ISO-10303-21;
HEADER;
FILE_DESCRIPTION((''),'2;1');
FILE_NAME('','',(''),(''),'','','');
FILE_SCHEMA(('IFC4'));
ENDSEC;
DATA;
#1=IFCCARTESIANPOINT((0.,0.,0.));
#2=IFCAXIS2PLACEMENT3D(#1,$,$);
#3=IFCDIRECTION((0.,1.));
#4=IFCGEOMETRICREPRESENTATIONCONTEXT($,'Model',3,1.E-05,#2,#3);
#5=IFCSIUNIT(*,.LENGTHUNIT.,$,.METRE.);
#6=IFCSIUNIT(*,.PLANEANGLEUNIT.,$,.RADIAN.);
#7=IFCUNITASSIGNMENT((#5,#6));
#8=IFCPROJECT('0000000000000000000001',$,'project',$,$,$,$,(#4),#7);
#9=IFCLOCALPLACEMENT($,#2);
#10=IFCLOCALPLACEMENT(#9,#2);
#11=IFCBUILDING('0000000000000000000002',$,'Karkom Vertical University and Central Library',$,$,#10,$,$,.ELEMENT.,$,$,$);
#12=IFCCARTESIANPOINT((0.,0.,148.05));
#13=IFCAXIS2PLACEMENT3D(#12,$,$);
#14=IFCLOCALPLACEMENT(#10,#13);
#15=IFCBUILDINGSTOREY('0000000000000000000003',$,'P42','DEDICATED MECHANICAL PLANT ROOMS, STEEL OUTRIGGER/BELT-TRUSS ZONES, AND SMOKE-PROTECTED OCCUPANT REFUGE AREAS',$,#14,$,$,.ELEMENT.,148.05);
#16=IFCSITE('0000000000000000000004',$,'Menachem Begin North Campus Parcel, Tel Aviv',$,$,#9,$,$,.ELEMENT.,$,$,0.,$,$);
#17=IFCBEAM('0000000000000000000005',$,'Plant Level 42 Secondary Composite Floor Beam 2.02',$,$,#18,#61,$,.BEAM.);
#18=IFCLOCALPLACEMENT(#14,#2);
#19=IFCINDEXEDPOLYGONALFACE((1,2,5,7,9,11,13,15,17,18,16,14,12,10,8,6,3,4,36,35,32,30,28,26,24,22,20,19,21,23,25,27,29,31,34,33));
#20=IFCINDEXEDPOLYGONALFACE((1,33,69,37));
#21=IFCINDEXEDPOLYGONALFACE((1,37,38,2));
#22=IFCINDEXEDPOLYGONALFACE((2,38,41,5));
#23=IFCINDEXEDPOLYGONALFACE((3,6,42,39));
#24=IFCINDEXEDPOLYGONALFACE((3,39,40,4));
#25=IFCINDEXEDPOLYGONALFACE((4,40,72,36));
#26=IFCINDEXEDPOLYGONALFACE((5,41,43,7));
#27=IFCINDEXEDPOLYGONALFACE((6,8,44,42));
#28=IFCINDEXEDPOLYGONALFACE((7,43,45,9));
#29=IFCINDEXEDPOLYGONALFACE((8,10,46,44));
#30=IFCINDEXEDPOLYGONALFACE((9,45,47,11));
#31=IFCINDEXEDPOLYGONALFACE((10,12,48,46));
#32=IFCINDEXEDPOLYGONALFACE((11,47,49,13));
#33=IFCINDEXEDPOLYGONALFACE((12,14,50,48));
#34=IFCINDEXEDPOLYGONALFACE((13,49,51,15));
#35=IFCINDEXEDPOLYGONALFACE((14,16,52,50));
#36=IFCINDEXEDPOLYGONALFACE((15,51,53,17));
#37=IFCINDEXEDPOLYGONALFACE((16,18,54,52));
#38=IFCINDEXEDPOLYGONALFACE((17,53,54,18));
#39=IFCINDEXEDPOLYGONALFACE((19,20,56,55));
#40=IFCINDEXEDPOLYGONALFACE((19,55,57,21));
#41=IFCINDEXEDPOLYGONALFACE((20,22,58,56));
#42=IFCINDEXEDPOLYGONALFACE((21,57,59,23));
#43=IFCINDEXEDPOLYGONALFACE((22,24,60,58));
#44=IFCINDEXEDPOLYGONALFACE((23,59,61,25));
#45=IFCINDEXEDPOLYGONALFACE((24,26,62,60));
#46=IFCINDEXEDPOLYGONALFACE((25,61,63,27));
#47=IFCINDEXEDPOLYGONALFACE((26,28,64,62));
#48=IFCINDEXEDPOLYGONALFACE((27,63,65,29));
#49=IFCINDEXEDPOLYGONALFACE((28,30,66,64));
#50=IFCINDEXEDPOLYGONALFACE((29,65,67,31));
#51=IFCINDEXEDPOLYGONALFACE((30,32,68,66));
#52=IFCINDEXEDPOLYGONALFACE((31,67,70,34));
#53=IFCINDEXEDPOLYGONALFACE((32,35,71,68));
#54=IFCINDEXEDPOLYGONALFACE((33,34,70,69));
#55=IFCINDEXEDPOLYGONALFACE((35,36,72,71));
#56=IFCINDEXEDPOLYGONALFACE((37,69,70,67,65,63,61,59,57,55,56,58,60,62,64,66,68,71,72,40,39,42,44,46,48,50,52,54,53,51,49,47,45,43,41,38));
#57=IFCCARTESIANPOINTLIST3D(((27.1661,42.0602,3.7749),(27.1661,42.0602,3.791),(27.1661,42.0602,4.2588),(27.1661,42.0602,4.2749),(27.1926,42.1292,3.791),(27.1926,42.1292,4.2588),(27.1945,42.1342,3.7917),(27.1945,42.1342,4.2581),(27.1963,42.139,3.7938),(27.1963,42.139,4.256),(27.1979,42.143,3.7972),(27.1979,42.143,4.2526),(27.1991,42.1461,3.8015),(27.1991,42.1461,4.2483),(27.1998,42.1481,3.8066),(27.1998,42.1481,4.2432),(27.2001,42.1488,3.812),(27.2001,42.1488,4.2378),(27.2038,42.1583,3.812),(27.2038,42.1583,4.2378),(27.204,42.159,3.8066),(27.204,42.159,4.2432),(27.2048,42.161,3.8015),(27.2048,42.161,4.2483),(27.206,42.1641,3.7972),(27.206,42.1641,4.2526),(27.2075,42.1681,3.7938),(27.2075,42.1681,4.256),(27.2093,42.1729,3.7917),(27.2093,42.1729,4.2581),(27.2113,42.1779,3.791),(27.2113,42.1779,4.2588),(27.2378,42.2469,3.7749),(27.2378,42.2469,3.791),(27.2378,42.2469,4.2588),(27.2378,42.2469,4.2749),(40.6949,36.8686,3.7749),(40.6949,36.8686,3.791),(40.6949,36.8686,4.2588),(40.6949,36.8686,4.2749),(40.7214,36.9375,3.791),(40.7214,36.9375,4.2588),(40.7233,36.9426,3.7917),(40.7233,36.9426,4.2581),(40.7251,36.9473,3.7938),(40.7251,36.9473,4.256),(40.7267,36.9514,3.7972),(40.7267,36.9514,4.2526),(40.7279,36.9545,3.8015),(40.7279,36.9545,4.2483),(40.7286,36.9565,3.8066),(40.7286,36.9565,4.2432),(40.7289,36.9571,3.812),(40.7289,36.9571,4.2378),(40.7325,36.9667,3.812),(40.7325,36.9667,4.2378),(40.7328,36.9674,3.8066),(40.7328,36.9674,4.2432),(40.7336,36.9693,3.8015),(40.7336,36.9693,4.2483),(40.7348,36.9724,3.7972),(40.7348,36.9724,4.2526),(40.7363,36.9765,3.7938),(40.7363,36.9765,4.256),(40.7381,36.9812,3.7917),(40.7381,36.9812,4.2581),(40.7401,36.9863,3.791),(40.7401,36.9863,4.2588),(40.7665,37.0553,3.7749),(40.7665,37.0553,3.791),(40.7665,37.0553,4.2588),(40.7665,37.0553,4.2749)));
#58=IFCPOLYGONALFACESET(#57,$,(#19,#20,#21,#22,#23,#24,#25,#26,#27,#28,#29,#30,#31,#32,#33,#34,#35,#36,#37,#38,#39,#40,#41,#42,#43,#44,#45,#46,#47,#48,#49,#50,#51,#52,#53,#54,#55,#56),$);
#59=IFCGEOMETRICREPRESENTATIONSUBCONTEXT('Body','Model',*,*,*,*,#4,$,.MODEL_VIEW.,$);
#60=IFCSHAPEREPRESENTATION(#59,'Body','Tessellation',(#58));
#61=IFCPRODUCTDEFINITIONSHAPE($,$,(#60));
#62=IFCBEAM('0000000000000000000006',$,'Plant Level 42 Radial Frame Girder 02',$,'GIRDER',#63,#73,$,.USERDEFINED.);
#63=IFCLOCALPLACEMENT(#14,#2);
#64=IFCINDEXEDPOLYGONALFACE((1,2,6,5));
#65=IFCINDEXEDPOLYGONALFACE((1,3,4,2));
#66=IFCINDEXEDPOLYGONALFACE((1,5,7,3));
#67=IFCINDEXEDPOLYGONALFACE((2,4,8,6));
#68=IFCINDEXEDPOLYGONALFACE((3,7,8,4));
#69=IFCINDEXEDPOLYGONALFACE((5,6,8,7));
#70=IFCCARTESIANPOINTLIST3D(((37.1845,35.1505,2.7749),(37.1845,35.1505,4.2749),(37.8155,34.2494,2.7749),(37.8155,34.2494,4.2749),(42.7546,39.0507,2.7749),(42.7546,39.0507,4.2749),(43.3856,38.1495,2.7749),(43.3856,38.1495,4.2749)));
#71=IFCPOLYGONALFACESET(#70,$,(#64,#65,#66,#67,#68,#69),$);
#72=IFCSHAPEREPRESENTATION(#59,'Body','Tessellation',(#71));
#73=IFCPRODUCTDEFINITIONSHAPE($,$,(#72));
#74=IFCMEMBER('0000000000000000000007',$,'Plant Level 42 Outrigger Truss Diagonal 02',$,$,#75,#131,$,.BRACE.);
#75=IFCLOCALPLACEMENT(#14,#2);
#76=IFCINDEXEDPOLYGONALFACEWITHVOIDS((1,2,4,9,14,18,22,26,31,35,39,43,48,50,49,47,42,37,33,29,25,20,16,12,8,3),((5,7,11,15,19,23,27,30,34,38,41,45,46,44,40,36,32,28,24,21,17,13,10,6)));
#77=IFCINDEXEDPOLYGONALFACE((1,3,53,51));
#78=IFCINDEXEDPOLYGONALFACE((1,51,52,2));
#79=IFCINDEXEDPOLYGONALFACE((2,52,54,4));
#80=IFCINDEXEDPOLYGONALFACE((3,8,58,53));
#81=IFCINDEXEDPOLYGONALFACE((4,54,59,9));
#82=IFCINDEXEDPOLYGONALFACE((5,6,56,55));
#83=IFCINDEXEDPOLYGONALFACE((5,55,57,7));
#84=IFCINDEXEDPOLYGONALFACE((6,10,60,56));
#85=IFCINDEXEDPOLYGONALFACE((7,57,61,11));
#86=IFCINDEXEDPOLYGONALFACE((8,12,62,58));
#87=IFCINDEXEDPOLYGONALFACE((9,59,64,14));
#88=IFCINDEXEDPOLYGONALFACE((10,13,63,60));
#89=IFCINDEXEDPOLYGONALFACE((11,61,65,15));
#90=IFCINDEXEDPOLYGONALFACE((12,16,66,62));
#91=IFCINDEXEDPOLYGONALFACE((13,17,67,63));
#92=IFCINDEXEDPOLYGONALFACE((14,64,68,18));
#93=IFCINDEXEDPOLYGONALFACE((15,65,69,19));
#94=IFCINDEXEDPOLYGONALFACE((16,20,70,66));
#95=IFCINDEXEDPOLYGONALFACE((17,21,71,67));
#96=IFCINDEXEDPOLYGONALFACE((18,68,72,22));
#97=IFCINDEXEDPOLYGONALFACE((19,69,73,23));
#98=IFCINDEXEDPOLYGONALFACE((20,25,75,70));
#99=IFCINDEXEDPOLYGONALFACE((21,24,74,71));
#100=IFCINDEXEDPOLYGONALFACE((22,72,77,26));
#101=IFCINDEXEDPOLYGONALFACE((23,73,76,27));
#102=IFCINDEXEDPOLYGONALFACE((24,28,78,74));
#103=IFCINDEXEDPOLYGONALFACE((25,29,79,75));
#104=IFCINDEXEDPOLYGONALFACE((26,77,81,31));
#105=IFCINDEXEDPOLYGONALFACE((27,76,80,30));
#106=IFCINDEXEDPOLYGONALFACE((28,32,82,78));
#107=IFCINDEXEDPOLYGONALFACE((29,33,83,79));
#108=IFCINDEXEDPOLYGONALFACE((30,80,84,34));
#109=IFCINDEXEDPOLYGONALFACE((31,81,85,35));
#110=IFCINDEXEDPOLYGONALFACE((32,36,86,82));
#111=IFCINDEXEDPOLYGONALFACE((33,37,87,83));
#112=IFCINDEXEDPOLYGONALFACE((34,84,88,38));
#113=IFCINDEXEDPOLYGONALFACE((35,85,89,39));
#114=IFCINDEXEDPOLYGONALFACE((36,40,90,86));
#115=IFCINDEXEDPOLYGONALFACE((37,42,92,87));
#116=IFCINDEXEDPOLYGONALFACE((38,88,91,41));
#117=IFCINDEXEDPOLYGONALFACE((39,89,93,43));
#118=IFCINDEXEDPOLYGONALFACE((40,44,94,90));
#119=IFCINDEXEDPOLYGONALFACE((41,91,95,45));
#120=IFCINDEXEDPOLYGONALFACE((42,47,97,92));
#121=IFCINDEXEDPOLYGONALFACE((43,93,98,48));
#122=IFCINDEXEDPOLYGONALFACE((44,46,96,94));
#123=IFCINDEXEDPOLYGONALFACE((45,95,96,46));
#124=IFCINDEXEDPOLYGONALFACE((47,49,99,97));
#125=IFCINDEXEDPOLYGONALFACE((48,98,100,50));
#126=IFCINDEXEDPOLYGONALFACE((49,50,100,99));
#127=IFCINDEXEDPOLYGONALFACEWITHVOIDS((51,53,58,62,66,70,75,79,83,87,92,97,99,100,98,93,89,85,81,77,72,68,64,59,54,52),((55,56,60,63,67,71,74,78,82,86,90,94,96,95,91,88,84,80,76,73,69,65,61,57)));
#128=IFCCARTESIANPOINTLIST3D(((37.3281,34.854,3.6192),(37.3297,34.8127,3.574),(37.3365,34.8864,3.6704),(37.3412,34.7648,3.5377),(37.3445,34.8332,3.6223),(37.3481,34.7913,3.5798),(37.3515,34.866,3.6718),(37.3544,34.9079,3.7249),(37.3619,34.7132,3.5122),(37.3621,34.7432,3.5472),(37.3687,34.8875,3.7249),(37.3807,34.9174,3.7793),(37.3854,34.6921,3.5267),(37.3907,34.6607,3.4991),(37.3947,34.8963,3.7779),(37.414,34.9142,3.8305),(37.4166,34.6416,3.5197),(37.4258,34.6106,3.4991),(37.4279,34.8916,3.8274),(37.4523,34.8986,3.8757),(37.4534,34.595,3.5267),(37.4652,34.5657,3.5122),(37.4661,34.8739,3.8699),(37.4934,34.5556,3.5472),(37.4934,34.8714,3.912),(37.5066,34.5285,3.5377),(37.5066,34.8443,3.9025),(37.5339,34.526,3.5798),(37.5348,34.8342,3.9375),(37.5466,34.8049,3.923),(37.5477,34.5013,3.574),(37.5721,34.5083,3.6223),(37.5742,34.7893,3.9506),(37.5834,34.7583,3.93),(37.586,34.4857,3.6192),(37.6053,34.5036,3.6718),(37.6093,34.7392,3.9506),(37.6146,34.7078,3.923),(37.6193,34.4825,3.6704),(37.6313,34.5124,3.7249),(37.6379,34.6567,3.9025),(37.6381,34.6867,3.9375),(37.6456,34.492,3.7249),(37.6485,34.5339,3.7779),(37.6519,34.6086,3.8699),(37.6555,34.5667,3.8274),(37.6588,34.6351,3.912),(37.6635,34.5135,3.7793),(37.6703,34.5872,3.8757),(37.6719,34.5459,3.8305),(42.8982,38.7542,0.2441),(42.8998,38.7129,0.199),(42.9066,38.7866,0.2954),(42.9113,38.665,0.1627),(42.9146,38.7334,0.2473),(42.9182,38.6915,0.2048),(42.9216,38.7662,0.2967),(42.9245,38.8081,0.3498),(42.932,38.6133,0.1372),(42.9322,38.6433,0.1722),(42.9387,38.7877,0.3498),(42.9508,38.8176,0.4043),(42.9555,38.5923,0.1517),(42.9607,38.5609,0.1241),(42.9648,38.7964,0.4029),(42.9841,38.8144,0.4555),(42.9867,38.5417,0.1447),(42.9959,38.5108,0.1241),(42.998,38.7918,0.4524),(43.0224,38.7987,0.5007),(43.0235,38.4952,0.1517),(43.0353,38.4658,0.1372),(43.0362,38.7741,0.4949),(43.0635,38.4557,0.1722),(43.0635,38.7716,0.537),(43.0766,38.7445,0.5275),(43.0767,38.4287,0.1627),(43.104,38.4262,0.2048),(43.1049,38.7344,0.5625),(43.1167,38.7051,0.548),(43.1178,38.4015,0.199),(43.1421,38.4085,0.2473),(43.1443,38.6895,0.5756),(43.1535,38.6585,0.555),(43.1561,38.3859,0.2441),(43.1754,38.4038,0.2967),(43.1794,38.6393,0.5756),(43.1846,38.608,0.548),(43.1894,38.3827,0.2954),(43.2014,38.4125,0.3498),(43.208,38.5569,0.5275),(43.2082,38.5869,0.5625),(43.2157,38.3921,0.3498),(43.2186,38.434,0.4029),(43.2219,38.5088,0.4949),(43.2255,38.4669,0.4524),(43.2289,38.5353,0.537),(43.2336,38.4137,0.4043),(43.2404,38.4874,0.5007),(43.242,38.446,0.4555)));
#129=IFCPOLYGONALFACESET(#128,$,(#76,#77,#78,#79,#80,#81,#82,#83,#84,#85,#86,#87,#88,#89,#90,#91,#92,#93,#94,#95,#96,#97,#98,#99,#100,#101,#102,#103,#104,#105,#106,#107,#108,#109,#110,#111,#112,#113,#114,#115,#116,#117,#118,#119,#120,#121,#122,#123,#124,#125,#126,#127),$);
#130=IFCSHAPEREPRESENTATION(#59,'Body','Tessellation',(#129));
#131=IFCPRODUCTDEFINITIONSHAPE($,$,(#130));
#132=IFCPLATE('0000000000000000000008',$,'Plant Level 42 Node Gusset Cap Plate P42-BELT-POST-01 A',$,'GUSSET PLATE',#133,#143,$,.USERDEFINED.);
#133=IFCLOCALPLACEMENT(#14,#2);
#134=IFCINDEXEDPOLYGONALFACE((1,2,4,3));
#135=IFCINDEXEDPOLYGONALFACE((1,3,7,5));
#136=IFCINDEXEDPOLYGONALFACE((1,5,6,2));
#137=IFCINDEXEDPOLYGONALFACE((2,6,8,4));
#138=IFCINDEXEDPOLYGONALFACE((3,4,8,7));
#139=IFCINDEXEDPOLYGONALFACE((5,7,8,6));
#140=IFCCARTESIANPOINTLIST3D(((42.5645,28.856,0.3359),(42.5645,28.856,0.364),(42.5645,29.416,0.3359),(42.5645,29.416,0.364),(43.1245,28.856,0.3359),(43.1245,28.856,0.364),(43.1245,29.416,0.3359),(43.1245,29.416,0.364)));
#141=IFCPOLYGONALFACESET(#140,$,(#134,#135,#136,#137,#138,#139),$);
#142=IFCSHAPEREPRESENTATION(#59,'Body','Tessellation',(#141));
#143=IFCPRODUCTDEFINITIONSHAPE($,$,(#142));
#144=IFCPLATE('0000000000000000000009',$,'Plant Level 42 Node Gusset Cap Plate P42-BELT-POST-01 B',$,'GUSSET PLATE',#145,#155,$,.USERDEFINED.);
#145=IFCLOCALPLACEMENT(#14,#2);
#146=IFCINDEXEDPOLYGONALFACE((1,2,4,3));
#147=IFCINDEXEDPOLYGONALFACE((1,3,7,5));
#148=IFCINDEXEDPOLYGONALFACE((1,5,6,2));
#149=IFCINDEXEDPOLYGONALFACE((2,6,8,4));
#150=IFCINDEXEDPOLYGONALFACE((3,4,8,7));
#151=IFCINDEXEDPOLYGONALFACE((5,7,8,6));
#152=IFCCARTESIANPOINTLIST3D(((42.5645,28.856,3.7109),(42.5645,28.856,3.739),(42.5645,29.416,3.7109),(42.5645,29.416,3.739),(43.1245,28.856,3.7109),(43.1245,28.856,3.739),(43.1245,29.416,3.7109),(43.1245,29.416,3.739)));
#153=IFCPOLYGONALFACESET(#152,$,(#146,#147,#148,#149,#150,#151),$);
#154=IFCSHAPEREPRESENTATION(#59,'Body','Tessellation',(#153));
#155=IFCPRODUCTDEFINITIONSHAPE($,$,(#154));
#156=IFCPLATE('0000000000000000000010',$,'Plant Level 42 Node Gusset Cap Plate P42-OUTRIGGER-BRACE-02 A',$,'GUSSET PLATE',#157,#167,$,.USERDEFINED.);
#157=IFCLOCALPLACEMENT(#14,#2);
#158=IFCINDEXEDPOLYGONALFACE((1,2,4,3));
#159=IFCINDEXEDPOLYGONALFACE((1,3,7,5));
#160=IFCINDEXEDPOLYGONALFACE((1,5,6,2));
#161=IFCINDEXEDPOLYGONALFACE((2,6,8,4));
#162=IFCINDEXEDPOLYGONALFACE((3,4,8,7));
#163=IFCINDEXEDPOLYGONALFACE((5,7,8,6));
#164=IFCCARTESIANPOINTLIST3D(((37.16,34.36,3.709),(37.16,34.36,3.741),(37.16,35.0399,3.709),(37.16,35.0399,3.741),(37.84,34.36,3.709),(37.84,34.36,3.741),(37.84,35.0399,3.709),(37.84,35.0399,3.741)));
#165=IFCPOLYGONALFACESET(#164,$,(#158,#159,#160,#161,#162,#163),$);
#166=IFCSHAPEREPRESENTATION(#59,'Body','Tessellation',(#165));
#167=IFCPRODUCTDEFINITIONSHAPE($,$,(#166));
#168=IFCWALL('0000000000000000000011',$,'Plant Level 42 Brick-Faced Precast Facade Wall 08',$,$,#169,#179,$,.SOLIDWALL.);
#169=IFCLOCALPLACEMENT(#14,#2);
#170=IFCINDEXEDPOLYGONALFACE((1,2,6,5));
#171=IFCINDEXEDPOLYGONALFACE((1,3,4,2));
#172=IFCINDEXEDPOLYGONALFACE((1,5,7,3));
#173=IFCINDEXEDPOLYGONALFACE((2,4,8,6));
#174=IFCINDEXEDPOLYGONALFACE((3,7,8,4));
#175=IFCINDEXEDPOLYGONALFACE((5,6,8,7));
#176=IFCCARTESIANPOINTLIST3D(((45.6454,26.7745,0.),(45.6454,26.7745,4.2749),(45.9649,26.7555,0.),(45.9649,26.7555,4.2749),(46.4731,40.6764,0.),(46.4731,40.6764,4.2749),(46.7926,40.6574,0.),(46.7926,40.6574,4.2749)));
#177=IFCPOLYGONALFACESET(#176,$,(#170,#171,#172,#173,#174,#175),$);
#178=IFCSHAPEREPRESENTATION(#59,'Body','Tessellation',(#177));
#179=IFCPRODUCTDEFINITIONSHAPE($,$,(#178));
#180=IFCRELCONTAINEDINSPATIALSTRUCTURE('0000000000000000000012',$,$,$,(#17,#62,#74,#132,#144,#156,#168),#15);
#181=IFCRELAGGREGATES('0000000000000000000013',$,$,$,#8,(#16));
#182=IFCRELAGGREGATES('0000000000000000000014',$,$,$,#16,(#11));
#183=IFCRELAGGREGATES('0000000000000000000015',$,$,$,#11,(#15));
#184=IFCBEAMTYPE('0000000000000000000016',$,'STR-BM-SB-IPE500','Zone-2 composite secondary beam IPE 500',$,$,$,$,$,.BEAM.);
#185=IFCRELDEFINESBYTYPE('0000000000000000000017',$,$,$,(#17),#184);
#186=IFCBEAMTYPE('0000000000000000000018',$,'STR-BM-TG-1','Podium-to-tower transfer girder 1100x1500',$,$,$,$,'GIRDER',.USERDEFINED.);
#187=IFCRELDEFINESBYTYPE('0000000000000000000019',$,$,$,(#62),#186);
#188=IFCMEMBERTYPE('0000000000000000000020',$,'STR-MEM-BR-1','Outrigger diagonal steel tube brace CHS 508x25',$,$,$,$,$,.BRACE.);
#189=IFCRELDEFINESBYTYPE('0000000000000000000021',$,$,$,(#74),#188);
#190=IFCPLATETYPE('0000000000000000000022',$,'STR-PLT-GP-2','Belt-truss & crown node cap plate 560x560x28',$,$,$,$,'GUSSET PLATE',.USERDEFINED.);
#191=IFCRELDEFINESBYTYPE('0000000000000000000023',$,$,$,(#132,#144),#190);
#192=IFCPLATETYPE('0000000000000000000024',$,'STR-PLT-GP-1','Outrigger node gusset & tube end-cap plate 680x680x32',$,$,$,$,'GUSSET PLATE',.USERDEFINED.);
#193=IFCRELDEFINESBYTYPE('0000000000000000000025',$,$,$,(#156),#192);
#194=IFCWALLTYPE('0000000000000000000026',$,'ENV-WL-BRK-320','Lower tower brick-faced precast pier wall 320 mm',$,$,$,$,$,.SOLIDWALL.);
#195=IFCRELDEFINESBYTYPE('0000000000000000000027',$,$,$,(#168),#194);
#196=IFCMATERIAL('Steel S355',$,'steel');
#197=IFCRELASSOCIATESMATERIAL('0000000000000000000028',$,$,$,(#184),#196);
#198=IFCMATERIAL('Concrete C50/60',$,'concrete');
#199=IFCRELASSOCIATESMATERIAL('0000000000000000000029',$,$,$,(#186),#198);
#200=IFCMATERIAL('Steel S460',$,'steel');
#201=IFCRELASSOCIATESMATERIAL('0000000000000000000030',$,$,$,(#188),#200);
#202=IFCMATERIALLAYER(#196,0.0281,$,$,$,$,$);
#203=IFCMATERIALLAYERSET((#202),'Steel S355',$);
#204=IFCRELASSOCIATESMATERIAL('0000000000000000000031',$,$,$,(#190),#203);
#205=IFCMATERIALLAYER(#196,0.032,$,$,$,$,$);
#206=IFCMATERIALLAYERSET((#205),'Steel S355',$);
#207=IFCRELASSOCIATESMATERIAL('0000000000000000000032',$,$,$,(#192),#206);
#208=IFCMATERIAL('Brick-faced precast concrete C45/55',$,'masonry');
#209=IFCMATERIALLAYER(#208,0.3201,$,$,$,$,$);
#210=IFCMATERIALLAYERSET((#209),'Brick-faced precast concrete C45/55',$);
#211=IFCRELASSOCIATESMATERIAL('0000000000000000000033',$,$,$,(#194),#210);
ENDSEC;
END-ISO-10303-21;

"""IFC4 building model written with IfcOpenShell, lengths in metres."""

from ifc_helpers import new_model, si_unit, direction, frame, frame_2d, origin, origin_with_axes, origin_2d, place, context, subcontext, project, spatial, rectangle, hollow_circle, i_section, extrude, source, transform, mapped, material, layer, layer_set, material_profile, profile_set, type_object, element, save


model = new_model("IFC4")

# Units and contexts
model_context = context("Model", 3, precision=1e-05, world=origin(), true_north=direction((0.0, 1.0)))
body_context = subcontext(model_context, "Body", "Model", "MODEL_VIEW")
ifc_project = project(units=[si_unit("LENGTHUNIT", "METRE"), si_unit("PLANEANGLEUNIT", "RADIAN")], contexts=[model_context])

# Site, building, storey
site_placement = place(None, origin())
site = spatial("IfcSite", under=ifc_project, at=site_placement, Name="Menachem Begin North Campus Parcel, Tel Aviv", CompositionType="ELEMENT", RefElevation=0.0)
building_placement = place(site_placement, origin())
building = spatial("IfcBuilding", under=site, at=building_placement, Name="Karkom Vertical University and Central Library", CompositionType="ELEMENT")
storey_placement = place(building_placement, frame((0.0, 0.0, 148.05)))
storey = spatial("IfcBuildingStorey", under=building, at=storey_placement, Name="P42", Description="DEDICATED MECHANICAL PLANT ROOMS, STEEL OUTRIGGER/BELT-TRUSS ZONES, AND SMOKE-PROTECTED OCCUPANT REFUGE AREAS", CompositionType="ELEMENT", Elevation=148.05)

# Shared definitions
ifc_material_1 = material(Name="Concrete C50/60", Category="concrete")

# Shared definitions
ifc_material_2 = material(Name="Steel S355", Category="steel")

# Beams
ifc_material_profile_1 = material_profile(ifc_material_2, i_section(OverallWidth=0.2, OverallDepth=0.5, WebThickness=0.0103, FlangeThickness=0.0161, FilletRadius=0.021, at=origin_2d()), Name="IPE 500")
ifc_profile_set_1 = profile_set([ifc_material_profile_1], Name="Steel S355")
beam_type_1 = type_object("IfcBeamType", Name="STR-BM-SB-IPE500", Description="Zone-2 composite secondary beam IPE 500", PredefinedType="BEAM", material=ifc_profile_set_1)
shared_shape_1 = source(origin_with_axes(), body_context, "Body", "SweptSolid", [
    extrude(i_section(OverallWidth=0.2, OverallDepth=0.5, WebThickness=0.0103, FlangeThickness=0.0161, FilletRadius=0.021, at=origin_2d()), origin(), (0.0, 0.0, 1.0), 14.4907),
])
beam_1_placement = place(storey_placement, frame((40.7307, 36.9619, 4.0249), z_axis=(-0.933617, 0.358273, 0.0), x_axis=(-0.358273, -0.933617, 0.0)))
element("IfcBeam", 1, at=beam_1_placement, inside=storey, type_object=beam_type_1, Name="Plant Level 42 Secondary Composite Floor Beam 2.02", PredefinedType="BEAM", context=body_context, shape_type="MappedRepresentation", body=[
    mapped(shared_shape_1, transform((0.0, 0.0, 0.0), scale=1.0)),
])
ifc_material_profile_2 = material_profile(ifc_material_1, rectangle(XDim=1.1001, YDim=1.5, at=origin_2d()), Name="TG-1100x1500")
ifc_profile_set_2 = profile_set([ifc_material_profile_2], Name="Concrete C50/60")
beam_type_2 = type_object("IfcBeamType", Name="STR-BM-TG-1", Description="Podium-to-tower transfer girder 1100x1500", ElementType="GIRDER", PredefinedType="USERDEFINED", material=ifc_profile_set_2)
shared_shape_2 = source(origin_with_axes(), body_context, "Body", "SweptSolid", [
    extrude(rectangle(XDim=1.1001, YDim=1.5, at=origin_2d()), origin(), (0.0, 0.0, 1.0), 6.7998),
])
beam_2_placement = place(storey_placement, frame((37.5, 34.7, 3.5249), z_axis=(0.819156, 0.573571, 0.0), x_axis=(-0.573571, 0.819156, 0.0)))
element("IfcBeam", 2, at=beam_2_placement, inside=storey, type_object=beam_type_2, Name="Plant Level 42 Radial Frame Girder 02", ObjectType="GIRDER", PredefinedType="USERDEFINED", context=body_context, shape_type="MappedRepresentation", body=[
    mapped(shared_shape_2, transform((0.0, 0.0, 0.0), scale=1.0)),
])

# Member
ifc_material_3 = material(Name="Steel S460", Category="steel")
ifc_material_profile_3 = material_profile(ifc_material_3, hollow_circle(Radius=0.2539, WallThickness=0.0249, at=origin_2d()), Name="CHS 508x25")
ifc_profile_set_3 = profile_set([ifc_material_profile_3], Name="Steel S460")
member_type_1 = type_object("IfcMemberType", Name="STR-MEM-BR-1", Description="Outrigger diagonal steel tube brace CHS 508x25", PredefinedType="BRACE", material=ifc_profile_set_3)
shared_shape_3 = source(origin_with_axes(), body_context, "Body", "SweptSolid", [
    extrude(hollow_circle(Radius=0.2539, WallThickness=0.0249, at=origin_2d()), origin(), (0.0, 0.0, 1.0), 7.5913),
])
member_1_placement = place(storey_placement, frame((37.5, 34.7, 3.7249), z_axis=(0.733746, 0.513767, -0.444589), x_axis=(-0.573571, 0.819156, 0.0)))
element("IfcMember", 3, at=member_1_placement, inside=storey, type_object=member_type_1, Name="Plant Level 42 Outrigger Truss Diagonal 02", PredefinedType="BRACE", context=body_context, shape_type="MappedRepresentation", body=[
    mapped(shared_shape_3, transform((0.0, 0.0, 0.0), scale=1.0)),
])

# Plates
ifc_layer_1 = layer(ifc_material_2, 0.0281)
ifc_layer_set_1 = layer_set([ifc_layer_1], Name="Steel S355")
plate_type_1 = type_object("IfcPlateType", Name="STR-PLT-GP-2", Description="Belt-truss & crown node cap plate 560x560x28", ElementType="GUSSET PLATE", PredefinedType="USERDEFINED", material=ifc_layer_set_1)
shared_shape_4 = source(origin_with_axes(), body_context, "Body", "SweptSolid", [
    extrude(rectangle(XDim=0.5601, YDim=0.5601, at=origin_2d()), origin(), (0.0, 0.0, 1.0), 0.0281),
])
for number, where, z_axis, x_axis, name in (
    (4, (42.8445, 29.136, 0.3359), (0.0, 0.0, 1.0), (1.0, 0.0, 0.0), "Plant Level 42 Node Gusset Cap Plate P42-BELT-POST-01 A"),
    (5, (42.8445, 29.136, 3.7109), (0.0, 0.0, 1.0), (1.0, 0.0, 0.0), "Plant Level 42 Node Gusset Cap Plate P42-BELT-POST-01 B"),
):
    element("IfcPlate", number, at=place(storey_placement, frame(where, z_axis=z_axis, x_axis=x_axis)), inside=storey, type_object=plate_type_1, Name=name, ObjectType="GUSSET PLATE", PredefinedType="USERDEFINED", context=body_context, shape_type="MappedRepresentation", body=[
        mapped(shared_shape_4, transform((0.0, 0.0, 0.0), scale=1.0)),
    ])
ifc_layer_2 = layer(ifc_material_2, 0.032)
ifc_layer_set_2 = layer_set([ifc_layer_2], Name="Steel S355")
plate_type_2 = type_object("IfcPlateType", Name="STR-PLT-GP-1", Description="Outrigger node gusset & tube end-cap plate 680x680x32", ElementType="GUSSET PLATE", PredefinedType="USERDEFINED", material=ifc_layer_set_2)
shared_shape_5 = source(origin_with_axes(), body_context, "Body", "SweptSolid", [
    extrude(rectangle(XDim=0.6799, YDim=0.6799, at=origin_2d()), origin(), (0.0, 0.0, 1.0), 0.032),
])
plate_placement = place(storey_placement, frame((37.5, 34.7, 3.709), z_axis=(0.0, 0.0, 1.0), x_axis=(1.0, 0.0, 0.0)))
element("IfcPlate", 6, at=plate_placement, inside=storey, type_object=plate_type_2, Name="Plant Level 42 Node Gusset Cap Plate P42-OUTRIGGER-BRACE-02 A", ObjectType="GUSSET PLATE", PredefinedType="USERDEFINED", context=body_context, shape_type="MappedRepresentation", body=[
    mapped(shared_shape_5, transform((0.0, 0.0, 0.0), scale=1.0)),
])

# Wall
ifc_material_4 = material(Name="Brick-faced precast concrete C45/55", Category="masonry")
ifc_layer_3 = layer(ifc_material_4, 0.3201)
ifc_layer_set_3 = layer_set([ifc_layer_3], Name="Brick-faced precast concrete C45/55")
wall_type_1 = type_object("IfcWallType", Name="ENV-WL-BRK-320", Description="Lower tower brick-faced precast pier wall 320 mm", PredefinedType="SOLIDWALL", material=ifc_layer_set_3)
wall_1_placement = place(storey_placement, frame((45.8052, 26.7649, 0.0), z_axis=(0.0, 0.0, 1.0), x_axis=(0.059429, 0.998233, 0.0)))
element("IfcWall", 7, at=wall_1_placement, inside=storey, type_object=wall_type_1, Name="Plant Level 42 Brick-Faced Precast Facade Wall 08", PredefinedType="SOLIDWALL", context=body_context, shape_type="SweptSolid", body=[
    extrude(rectangle(XDim=13.9265, YDim=0.3201, at=frame_2d((6.9634, 0.0))), origin(), (0.0, 0.0, 1.0), 4.2749),
])

save(model, "model.ifc")
